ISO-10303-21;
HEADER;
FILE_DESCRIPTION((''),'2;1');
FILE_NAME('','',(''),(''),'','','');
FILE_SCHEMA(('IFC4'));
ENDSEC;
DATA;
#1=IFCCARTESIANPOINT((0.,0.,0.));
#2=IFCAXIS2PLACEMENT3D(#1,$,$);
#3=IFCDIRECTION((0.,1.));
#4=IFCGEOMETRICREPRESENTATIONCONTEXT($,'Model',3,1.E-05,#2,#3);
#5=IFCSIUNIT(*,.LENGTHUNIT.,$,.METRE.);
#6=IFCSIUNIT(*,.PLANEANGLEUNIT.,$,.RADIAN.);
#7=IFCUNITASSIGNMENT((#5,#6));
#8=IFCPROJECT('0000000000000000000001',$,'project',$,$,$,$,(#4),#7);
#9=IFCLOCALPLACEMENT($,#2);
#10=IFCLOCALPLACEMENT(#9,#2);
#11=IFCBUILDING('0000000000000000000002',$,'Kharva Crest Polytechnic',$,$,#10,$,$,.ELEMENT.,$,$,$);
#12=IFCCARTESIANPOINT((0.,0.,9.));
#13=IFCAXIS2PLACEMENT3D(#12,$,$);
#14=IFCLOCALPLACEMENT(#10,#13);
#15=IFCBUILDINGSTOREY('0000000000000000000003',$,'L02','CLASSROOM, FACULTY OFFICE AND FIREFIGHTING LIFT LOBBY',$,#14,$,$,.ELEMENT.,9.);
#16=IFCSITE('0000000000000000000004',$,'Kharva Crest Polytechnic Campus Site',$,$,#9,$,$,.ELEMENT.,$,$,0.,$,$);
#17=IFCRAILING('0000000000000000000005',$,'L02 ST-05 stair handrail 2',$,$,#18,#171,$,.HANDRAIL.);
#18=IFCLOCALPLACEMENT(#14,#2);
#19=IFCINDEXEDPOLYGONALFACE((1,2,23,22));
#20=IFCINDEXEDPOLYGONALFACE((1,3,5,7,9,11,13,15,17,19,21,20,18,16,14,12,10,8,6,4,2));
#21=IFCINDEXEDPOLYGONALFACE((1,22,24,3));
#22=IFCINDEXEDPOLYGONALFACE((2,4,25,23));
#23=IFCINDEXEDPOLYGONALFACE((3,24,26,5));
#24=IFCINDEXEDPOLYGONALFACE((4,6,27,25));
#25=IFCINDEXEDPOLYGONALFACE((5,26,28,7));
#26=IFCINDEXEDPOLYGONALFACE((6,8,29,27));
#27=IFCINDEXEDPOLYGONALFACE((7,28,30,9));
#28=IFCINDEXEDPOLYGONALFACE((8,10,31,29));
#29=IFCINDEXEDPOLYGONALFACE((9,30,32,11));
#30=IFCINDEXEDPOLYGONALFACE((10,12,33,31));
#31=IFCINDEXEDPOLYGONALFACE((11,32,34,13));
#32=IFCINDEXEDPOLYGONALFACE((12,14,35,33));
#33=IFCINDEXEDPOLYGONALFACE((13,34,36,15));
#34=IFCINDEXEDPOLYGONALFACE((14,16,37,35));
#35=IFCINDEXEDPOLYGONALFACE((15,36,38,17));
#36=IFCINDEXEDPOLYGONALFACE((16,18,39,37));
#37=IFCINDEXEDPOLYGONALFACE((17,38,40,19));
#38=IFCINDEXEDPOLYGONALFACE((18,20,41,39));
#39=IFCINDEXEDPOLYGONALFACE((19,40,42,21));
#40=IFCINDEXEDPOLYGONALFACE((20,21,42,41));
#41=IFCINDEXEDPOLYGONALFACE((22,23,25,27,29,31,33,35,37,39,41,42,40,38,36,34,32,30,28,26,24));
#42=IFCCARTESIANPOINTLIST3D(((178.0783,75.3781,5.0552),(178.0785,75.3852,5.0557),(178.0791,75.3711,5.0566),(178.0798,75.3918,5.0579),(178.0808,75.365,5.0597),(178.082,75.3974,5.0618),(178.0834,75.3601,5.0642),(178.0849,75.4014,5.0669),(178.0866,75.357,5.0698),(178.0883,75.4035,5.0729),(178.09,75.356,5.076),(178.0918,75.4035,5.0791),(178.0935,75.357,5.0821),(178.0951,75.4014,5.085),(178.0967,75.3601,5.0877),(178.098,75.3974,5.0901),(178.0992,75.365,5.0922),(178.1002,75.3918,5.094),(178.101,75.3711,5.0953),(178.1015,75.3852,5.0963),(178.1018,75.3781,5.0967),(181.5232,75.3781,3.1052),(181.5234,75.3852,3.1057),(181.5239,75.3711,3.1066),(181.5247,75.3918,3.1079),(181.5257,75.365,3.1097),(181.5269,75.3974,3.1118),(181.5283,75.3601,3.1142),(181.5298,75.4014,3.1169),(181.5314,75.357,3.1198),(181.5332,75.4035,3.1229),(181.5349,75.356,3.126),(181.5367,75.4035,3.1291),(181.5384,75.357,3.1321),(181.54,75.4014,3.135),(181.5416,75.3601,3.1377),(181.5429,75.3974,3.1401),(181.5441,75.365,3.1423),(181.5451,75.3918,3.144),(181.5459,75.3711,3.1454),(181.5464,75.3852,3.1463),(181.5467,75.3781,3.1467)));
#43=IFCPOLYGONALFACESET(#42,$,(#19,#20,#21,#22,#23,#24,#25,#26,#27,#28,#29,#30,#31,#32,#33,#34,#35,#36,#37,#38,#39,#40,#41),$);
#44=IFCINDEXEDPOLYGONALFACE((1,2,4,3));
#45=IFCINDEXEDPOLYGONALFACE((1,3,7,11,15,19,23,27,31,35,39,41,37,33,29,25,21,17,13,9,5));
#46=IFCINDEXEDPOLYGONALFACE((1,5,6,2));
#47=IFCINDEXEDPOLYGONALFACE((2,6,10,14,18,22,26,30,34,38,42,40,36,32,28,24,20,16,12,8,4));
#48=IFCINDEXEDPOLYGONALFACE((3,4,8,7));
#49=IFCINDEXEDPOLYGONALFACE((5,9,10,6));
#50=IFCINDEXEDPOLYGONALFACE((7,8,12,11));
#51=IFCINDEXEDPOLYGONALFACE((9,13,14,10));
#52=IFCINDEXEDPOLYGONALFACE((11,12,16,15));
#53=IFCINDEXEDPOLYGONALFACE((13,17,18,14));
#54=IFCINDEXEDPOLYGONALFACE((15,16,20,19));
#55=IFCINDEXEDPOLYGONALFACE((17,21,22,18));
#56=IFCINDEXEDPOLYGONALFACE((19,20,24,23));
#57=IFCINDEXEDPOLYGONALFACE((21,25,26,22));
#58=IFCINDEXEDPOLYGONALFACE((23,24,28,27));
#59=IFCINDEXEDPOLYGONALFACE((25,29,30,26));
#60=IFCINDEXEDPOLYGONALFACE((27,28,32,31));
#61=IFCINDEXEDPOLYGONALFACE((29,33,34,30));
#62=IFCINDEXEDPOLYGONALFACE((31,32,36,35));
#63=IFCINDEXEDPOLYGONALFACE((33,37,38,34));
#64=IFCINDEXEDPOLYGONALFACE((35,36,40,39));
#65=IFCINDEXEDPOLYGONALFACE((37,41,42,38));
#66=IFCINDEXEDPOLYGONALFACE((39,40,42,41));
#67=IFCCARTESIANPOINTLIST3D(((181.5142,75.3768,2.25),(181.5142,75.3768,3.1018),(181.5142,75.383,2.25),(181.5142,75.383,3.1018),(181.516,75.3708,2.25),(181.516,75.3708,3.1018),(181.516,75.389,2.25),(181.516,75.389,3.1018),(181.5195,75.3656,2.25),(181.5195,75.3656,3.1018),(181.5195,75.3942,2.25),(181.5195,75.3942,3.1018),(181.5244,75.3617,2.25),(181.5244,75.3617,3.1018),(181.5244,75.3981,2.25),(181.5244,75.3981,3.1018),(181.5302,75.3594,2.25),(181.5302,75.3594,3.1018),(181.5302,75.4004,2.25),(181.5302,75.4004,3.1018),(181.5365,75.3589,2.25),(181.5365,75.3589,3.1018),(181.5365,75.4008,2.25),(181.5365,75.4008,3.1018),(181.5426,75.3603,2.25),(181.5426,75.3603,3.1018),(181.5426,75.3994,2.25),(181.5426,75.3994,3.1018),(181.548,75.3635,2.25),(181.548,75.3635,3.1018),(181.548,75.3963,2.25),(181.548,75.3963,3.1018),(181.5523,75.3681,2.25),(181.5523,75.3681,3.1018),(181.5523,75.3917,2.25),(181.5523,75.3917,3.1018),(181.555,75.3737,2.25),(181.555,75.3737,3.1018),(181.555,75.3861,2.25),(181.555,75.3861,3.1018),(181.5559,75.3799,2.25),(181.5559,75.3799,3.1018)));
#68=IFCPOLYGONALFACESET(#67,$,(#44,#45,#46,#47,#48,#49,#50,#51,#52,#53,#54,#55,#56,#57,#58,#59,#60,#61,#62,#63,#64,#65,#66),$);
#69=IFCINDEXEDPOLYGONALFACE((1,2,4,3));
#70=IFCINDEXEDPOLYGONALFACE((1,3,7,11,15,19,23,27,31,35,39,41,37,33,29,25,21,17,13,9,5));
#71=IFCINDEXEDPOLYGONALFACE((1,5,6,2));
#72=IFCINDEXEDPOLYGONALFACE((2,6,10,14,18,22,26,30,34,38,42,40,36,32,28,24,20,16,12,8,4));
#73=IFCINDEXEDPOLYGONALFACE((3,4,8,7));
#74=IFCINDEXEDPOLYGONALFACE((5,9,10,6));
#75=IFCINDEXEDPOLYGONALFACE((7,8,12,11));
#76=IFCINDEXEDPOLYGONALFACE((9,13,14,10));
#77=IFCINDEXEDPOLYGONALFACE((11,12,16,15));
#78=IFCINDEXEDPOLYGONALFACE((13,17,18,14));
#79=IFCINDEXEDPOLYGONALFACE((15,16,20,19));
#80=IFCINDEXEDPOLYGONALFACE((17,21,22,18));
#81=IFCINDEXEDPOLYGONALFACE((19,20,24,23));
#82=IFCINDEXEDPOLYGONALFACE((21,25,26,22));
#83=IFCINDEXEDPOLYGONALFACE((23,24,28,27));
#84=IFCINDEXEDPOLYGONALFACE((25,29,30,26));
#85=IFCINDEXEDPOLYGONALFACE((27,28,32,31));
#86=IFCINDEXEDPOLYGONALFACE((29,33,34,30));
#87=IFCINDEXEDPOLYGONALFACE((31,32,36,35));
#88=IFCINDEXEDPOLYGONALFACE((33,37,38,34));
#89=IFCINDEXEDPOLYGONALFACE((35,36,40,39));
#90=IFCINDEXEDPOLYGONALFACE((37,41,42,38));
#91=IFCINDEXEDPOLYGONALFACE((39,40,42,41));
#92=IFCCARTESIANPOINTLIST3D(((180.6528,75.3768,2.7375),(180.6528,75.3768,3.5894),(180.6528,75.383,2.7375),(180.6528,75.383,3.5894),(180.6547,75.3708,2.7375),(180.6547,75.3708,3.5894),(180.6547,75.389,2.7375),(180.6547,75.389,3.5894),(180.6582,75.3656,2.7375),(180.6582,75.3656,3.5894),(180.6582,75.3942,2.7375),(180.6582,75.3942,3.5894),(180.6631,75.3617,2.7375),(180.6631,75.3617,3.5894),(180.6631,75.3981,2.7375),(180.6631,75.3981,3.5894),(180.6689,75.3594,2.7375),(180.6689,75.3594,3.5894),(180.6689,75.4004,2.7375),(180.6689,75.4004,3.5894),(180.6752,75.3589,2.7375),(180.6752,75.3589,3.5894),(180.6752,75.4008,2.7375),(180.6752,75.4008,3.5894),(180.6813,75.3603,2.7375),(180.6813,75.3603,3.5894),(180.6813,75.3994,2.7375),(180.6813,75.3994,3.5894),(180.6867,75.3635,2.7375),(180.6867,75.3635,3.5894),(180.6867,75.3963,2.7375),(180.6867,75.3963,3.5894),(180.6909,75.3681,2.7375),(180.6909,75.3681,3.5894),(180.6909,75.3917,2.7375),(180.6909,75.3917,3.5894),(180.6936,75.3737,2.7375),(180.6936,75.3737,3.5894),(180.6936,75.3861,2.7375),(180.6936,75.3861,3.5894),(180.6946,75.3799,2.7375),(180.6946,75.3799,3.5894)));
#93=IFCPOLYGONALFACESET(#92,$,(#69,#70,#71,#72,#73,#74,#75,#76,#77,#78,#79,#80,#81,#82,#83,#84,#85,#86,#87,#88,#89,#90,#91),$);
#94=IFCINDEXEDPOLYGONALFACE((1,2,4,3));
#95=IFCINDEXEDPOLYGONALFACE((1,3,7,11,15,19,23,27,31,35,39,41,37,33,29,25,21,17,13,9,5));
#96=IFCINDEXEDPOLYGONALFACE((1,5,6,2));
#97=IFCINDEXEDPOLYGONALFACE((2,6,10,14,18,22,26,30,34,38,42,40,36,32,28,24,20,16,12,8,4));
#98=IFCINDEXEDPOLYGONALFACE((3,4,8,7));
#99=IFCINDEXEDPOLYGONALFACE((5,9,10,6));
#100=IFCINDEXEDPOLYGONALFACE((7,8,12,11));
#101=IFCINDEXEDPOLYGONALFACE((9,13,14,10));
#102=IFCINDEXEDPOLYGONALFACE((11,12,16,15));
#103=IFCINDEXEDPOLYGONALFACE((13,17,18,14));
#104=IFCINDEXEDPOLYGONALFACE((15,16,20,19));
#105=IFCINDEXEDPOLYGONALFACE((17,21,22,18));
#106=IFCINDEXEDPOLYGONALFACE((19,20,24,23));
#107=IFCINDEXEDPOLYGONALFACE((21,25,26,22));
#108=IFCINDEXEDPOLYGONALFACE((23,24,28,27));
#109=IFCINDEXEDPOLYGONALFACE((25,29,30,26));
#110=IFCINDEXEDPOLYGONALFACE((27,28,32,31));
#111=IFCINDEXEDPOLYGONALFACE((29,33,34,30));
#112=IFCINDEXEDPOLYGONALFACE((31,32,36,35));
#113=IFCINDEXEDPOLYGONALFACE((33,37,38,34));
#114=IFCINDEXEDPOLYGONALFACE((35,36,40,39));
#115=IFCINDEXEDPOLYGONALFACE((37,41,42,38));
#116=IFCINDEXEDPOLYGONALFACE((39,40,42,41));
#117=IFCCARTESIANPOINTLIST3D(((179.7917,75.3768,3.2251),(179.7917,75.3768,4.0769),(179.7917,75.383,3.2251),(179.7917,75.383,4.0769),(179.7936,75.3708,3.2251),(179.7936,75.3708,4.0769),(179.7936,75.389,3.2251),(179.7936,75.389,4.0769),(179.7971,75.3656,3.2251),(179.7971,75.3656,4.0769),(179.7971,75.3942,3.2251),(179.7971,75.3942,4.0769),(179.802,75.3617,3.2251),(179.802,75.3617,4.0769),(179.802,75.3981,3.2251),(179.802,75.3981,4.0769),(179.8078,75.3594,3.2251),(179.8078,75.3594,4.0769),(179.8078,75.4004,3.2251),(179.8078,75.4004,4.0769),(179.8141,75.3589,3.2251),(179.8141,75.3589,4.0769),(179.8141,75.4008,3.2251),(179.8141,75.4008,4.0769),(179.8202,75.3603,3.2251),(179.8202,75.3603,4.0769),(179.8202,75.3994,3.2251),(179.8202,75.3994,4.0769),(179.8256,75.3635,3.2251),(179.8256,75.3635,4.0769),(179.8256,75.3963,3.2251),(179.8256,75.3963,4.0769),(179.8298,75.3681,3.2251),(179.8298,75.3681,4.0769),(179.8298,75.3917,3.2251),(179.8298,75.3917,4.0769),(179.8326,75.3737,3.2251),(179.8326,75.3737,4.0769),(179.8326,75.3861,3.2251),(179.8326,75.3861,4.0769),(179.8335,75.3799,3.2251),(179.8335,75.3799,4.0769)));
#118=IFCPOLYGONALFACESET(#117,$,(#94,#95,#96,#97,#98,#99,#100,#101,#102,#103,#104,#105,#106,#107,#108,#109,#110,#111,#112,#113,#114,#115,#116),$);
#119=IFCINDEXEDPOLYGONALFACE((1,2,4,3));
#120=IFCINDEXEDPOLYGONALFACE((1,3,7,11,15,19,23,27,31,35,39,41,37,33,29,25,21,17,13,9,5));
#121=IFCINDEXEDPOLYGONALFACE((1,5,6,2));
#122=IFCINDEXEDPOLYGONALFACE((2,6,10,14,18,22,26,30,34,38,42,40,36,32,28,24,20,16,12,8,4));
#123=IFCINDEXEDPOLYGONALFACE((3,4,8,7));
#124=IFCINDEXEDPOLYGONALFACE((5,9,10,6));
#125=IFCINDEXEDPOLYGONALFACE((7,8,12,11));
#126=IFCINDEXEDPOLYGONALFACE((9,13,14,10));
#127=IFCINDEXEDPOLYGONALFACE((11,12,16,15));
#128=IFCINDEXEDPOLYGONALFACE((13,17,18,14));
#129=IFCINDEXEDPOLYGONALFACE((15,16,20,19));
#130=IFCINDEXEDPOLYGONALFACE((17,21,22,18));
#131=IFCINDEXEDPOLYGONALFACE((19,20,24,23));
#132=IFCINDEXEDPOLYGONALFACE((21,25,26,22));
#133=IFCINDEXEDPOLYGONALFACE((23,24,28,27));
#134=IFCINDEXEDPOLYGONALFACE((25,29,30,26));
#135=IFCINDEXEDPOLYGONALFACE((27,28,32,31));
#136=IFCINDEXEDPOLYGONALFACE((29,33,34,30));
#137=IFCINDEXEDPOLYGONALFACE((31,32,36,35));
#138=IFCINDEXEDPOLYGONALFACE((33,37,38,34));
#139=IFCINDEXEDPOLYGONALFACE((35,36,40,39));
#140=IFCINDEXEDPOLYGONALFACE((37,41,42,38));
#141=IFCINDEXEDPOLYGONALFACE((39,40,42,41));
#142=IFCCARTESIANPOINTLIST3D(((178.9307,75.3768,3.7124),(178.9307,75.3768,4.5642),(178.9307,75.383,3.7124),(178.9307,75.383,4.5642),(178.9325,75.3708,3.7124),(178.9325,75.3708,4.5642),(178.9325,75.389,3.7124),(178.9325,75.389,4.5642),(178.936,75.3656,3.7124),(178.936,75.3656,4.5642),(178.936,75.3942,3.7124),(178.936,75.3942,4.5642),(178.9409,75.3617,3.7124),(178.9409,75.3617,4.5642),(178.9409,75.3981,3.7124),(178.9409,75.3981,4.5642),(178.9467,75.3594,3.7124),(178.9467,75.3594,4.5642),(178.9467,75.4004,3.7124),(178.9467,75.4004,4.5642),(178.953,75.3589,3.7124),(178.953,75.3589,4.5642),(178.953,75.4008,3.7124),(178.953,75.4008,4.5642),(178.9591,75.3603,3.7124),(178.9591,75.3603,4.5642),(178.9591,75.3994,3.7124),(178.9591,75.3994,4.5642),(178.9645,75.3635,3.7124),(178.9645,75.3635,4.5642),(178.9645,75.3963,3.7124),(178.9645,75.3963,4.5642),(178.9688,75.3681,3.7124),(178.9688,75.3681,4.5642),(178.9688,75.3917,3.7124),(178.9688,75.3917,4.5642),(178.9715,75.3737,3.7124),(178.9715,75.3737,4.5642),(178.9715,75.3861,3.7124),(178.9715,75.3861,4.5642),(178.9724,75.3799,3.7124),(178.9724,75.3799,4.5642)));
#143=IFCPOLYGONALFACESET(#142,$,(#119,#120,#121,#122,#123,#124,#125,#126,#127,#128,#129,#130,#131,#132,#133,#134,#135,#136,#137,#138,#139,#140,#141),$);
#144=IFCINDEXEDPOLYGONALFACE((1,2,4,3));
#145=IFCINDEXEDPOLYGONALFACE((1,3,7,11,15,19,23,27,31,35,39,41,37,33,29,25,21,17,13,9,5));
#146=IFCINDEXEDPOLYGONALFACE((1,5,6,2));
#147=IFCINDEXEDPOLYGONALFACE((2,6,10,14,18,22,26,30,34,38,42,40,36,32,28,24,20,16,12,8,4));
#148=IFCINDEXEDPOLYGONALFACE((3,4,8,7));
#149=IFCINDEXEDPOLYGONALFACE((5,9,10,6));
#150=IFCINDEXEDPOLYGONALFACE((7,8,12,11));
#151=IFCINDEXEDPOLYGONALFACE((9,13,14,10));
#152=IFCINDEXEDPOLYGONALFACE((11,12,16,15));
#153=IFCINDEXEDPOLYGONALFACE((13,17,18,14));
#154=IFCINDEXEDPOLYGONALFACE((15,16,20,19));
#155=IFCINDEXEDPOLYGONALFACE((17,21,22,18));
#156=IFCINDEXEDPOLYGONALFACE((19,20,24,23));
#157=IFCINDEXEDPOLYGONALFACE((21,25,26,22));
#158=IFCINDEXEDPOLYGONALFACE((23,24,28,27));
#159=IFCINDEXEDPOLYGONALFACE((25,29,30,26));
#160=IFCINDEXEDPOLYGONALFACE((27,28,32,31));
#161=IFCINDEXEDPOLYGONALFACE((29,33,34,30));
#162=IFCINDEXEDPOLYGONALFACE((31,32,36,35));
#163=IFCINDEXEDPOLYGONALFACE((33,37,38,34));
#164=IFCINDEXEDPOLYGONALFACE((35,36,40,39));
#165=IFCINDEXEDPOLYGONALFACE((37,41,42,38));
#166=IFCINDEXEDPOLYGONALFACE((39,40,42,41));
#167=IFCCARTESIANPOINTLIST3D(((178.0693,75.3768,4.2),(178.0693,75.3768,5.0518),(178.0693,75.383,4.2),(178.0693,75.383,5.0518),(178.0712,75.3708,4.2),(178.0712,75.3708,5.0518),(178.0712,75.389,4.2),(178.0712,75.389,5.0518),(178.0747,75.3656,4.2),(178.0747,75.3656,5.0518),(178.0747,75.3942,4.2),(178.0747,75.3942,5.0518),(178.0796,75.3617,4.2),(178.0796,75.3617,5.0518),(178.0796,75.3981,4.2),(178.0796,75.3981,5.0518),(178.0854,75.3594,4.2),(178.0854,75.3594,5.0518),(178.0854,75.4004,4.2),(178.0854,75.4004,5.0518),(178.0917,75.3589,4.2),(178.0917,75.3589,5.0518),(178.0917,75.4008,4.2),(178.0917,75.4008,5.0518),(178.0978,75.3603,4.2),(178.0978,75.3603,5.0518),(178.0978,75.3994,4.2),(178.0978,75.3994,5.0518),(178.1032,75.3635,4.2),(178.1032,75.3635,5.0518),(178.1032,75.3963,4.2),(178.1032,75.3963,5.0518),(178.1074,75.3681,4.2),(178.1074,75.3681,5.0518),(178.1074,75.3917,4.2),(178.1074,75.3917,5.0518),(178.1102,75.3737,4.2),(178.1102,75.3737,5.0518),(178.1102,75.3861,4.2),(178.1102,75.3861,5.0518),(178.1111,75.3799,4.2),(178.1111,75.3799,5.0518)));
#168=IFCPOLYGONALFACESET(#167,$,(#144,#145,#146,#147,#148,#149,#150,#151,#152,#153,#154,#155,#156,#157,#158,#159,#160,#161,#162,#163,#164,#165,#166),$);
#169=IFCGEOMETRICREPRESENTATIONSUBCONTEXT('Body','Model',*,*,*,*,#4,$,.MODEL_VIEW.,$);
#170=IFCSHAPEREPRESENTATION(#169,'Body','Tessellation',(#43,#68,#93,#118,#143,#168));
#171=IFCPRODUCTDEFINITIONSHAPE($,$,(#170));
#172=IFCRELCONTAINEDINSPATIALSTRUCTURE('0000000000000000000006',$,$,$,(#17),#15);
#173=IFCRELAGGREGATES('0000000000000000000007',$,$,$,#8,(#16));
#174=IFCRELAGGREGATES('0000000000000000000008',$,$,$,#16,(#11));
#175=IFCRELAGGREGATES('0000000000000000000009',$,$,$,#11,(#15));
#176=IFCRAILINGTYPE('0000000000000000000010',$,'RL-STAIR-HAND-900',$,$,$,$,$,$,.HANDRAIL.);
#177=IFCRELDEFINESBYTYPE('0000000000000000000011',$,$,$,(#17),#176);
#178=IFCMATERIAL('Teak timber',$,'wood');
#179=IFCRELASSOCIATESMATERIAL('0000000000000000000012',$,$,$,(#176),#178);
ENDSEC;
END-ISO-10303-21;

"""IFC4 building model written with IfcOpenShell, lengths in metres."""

from ifc_helpers import new_model, si_unit, direction, frame, origin, origin_2d, place, context, subcontext, project, spatial, circle, extrude, material, type_object, element, save


model = new_model("IFC4")

# Units and contexts
model_context = context("Model", 3, precision=1e-05, world=origin(), true_north=direction((0.0, 1.0)))
body_context = subcontext(model_context, "Body", "Model", "MODEL_VIEW")
ifc_project = project(units=[si_unit("LENGTHUNIT", "METRE"), si_unit("PLANEANGLEUNIT", "RADIAN")], contexts=[model_context])

# Site, building, storey
site_placement = place(None, origin())
site = spatial("IfcSite", under=ifc_project, at=site_placement, Name="Kharva Crest Polytechnic Campus Site", CompositionType="ELEMENT", RefElevation=0.0)
building_placement = place(site_placement, origin())
building = spatial("IfcBuilding", under=site, at=building_placement, Name="Kharva Crest Polytechnic", CompositionType="ELEMENT")
storey_placement = place(building_placement, frame((0.0, 0.0, 9.0)))
storey = spatial("IfcBuildingStorey", under=building, at=storey_placement, Name="L02", Description="CLASSROOM, FACULTY OFFICE AND FIREFIGHTING LIFT LOBBY", CompositionType="ELEMENT", Elevation=9.0)

# Shared definitions
ifc_material_1 = material(Name="Teak timber", Category="wood")

# Railing
railing_type_1 = type_object("IfcRailingType", Name="RL-STAIR-HAND-900", PredefinedType="HANDRAIL", material=ifc_material_1)
railing_1_placement = place(storey_placement, frame((181.5349, 75.3799, 2.25)))
element("IfcRailing", 1, at=railing_1_placement, inside=storey, type_object=railing_type_1, Name="L02 ST-05 stair handrail 2", PredefinedType="HANDRAIL", context=body_context, shape_type="SweptSolid", body=[
    extrude(circle(Radius=0.0239, at=origin_2d()), frame((0.0, 0.0, 0.876), z_axis=(-0.870251, 0.0, 0.492608), x_axis=(0.0, -1.0, 0.0)), (0.0, 0.0, 1.0), 3.9585),
    extrude(circle(Radius=0.021, at=origin_2d()), origin(), (0.0, 0.0, 1.0), 0.8518),
    extrude(circle(Radius=0.021, at=origin_2d()), frame((-0.8613, 0.0, 0.4875)), (0.0, 0.0, 1.0), 0.8518),
    extrude(circle(Radius=0.021, at=origin_2d()), frame((-1.7224, 0.0, 0.9751)), (0.0, 0.0, 1.0), 0.8518),
    extrude(circle(Radius=0.021, at=origin_2d()), frame((-2.5835, 0.0, 1.4624)), (0.0, 0.0, 1.0), 0.8518),
    extrude(circle(Radius=0.021, at=origin_2d()), frame((-3.4448, 0.0, 1.95)), (0.0, 0.0, 1.0), 0.8518),
])

save(model, "model.ifc")
